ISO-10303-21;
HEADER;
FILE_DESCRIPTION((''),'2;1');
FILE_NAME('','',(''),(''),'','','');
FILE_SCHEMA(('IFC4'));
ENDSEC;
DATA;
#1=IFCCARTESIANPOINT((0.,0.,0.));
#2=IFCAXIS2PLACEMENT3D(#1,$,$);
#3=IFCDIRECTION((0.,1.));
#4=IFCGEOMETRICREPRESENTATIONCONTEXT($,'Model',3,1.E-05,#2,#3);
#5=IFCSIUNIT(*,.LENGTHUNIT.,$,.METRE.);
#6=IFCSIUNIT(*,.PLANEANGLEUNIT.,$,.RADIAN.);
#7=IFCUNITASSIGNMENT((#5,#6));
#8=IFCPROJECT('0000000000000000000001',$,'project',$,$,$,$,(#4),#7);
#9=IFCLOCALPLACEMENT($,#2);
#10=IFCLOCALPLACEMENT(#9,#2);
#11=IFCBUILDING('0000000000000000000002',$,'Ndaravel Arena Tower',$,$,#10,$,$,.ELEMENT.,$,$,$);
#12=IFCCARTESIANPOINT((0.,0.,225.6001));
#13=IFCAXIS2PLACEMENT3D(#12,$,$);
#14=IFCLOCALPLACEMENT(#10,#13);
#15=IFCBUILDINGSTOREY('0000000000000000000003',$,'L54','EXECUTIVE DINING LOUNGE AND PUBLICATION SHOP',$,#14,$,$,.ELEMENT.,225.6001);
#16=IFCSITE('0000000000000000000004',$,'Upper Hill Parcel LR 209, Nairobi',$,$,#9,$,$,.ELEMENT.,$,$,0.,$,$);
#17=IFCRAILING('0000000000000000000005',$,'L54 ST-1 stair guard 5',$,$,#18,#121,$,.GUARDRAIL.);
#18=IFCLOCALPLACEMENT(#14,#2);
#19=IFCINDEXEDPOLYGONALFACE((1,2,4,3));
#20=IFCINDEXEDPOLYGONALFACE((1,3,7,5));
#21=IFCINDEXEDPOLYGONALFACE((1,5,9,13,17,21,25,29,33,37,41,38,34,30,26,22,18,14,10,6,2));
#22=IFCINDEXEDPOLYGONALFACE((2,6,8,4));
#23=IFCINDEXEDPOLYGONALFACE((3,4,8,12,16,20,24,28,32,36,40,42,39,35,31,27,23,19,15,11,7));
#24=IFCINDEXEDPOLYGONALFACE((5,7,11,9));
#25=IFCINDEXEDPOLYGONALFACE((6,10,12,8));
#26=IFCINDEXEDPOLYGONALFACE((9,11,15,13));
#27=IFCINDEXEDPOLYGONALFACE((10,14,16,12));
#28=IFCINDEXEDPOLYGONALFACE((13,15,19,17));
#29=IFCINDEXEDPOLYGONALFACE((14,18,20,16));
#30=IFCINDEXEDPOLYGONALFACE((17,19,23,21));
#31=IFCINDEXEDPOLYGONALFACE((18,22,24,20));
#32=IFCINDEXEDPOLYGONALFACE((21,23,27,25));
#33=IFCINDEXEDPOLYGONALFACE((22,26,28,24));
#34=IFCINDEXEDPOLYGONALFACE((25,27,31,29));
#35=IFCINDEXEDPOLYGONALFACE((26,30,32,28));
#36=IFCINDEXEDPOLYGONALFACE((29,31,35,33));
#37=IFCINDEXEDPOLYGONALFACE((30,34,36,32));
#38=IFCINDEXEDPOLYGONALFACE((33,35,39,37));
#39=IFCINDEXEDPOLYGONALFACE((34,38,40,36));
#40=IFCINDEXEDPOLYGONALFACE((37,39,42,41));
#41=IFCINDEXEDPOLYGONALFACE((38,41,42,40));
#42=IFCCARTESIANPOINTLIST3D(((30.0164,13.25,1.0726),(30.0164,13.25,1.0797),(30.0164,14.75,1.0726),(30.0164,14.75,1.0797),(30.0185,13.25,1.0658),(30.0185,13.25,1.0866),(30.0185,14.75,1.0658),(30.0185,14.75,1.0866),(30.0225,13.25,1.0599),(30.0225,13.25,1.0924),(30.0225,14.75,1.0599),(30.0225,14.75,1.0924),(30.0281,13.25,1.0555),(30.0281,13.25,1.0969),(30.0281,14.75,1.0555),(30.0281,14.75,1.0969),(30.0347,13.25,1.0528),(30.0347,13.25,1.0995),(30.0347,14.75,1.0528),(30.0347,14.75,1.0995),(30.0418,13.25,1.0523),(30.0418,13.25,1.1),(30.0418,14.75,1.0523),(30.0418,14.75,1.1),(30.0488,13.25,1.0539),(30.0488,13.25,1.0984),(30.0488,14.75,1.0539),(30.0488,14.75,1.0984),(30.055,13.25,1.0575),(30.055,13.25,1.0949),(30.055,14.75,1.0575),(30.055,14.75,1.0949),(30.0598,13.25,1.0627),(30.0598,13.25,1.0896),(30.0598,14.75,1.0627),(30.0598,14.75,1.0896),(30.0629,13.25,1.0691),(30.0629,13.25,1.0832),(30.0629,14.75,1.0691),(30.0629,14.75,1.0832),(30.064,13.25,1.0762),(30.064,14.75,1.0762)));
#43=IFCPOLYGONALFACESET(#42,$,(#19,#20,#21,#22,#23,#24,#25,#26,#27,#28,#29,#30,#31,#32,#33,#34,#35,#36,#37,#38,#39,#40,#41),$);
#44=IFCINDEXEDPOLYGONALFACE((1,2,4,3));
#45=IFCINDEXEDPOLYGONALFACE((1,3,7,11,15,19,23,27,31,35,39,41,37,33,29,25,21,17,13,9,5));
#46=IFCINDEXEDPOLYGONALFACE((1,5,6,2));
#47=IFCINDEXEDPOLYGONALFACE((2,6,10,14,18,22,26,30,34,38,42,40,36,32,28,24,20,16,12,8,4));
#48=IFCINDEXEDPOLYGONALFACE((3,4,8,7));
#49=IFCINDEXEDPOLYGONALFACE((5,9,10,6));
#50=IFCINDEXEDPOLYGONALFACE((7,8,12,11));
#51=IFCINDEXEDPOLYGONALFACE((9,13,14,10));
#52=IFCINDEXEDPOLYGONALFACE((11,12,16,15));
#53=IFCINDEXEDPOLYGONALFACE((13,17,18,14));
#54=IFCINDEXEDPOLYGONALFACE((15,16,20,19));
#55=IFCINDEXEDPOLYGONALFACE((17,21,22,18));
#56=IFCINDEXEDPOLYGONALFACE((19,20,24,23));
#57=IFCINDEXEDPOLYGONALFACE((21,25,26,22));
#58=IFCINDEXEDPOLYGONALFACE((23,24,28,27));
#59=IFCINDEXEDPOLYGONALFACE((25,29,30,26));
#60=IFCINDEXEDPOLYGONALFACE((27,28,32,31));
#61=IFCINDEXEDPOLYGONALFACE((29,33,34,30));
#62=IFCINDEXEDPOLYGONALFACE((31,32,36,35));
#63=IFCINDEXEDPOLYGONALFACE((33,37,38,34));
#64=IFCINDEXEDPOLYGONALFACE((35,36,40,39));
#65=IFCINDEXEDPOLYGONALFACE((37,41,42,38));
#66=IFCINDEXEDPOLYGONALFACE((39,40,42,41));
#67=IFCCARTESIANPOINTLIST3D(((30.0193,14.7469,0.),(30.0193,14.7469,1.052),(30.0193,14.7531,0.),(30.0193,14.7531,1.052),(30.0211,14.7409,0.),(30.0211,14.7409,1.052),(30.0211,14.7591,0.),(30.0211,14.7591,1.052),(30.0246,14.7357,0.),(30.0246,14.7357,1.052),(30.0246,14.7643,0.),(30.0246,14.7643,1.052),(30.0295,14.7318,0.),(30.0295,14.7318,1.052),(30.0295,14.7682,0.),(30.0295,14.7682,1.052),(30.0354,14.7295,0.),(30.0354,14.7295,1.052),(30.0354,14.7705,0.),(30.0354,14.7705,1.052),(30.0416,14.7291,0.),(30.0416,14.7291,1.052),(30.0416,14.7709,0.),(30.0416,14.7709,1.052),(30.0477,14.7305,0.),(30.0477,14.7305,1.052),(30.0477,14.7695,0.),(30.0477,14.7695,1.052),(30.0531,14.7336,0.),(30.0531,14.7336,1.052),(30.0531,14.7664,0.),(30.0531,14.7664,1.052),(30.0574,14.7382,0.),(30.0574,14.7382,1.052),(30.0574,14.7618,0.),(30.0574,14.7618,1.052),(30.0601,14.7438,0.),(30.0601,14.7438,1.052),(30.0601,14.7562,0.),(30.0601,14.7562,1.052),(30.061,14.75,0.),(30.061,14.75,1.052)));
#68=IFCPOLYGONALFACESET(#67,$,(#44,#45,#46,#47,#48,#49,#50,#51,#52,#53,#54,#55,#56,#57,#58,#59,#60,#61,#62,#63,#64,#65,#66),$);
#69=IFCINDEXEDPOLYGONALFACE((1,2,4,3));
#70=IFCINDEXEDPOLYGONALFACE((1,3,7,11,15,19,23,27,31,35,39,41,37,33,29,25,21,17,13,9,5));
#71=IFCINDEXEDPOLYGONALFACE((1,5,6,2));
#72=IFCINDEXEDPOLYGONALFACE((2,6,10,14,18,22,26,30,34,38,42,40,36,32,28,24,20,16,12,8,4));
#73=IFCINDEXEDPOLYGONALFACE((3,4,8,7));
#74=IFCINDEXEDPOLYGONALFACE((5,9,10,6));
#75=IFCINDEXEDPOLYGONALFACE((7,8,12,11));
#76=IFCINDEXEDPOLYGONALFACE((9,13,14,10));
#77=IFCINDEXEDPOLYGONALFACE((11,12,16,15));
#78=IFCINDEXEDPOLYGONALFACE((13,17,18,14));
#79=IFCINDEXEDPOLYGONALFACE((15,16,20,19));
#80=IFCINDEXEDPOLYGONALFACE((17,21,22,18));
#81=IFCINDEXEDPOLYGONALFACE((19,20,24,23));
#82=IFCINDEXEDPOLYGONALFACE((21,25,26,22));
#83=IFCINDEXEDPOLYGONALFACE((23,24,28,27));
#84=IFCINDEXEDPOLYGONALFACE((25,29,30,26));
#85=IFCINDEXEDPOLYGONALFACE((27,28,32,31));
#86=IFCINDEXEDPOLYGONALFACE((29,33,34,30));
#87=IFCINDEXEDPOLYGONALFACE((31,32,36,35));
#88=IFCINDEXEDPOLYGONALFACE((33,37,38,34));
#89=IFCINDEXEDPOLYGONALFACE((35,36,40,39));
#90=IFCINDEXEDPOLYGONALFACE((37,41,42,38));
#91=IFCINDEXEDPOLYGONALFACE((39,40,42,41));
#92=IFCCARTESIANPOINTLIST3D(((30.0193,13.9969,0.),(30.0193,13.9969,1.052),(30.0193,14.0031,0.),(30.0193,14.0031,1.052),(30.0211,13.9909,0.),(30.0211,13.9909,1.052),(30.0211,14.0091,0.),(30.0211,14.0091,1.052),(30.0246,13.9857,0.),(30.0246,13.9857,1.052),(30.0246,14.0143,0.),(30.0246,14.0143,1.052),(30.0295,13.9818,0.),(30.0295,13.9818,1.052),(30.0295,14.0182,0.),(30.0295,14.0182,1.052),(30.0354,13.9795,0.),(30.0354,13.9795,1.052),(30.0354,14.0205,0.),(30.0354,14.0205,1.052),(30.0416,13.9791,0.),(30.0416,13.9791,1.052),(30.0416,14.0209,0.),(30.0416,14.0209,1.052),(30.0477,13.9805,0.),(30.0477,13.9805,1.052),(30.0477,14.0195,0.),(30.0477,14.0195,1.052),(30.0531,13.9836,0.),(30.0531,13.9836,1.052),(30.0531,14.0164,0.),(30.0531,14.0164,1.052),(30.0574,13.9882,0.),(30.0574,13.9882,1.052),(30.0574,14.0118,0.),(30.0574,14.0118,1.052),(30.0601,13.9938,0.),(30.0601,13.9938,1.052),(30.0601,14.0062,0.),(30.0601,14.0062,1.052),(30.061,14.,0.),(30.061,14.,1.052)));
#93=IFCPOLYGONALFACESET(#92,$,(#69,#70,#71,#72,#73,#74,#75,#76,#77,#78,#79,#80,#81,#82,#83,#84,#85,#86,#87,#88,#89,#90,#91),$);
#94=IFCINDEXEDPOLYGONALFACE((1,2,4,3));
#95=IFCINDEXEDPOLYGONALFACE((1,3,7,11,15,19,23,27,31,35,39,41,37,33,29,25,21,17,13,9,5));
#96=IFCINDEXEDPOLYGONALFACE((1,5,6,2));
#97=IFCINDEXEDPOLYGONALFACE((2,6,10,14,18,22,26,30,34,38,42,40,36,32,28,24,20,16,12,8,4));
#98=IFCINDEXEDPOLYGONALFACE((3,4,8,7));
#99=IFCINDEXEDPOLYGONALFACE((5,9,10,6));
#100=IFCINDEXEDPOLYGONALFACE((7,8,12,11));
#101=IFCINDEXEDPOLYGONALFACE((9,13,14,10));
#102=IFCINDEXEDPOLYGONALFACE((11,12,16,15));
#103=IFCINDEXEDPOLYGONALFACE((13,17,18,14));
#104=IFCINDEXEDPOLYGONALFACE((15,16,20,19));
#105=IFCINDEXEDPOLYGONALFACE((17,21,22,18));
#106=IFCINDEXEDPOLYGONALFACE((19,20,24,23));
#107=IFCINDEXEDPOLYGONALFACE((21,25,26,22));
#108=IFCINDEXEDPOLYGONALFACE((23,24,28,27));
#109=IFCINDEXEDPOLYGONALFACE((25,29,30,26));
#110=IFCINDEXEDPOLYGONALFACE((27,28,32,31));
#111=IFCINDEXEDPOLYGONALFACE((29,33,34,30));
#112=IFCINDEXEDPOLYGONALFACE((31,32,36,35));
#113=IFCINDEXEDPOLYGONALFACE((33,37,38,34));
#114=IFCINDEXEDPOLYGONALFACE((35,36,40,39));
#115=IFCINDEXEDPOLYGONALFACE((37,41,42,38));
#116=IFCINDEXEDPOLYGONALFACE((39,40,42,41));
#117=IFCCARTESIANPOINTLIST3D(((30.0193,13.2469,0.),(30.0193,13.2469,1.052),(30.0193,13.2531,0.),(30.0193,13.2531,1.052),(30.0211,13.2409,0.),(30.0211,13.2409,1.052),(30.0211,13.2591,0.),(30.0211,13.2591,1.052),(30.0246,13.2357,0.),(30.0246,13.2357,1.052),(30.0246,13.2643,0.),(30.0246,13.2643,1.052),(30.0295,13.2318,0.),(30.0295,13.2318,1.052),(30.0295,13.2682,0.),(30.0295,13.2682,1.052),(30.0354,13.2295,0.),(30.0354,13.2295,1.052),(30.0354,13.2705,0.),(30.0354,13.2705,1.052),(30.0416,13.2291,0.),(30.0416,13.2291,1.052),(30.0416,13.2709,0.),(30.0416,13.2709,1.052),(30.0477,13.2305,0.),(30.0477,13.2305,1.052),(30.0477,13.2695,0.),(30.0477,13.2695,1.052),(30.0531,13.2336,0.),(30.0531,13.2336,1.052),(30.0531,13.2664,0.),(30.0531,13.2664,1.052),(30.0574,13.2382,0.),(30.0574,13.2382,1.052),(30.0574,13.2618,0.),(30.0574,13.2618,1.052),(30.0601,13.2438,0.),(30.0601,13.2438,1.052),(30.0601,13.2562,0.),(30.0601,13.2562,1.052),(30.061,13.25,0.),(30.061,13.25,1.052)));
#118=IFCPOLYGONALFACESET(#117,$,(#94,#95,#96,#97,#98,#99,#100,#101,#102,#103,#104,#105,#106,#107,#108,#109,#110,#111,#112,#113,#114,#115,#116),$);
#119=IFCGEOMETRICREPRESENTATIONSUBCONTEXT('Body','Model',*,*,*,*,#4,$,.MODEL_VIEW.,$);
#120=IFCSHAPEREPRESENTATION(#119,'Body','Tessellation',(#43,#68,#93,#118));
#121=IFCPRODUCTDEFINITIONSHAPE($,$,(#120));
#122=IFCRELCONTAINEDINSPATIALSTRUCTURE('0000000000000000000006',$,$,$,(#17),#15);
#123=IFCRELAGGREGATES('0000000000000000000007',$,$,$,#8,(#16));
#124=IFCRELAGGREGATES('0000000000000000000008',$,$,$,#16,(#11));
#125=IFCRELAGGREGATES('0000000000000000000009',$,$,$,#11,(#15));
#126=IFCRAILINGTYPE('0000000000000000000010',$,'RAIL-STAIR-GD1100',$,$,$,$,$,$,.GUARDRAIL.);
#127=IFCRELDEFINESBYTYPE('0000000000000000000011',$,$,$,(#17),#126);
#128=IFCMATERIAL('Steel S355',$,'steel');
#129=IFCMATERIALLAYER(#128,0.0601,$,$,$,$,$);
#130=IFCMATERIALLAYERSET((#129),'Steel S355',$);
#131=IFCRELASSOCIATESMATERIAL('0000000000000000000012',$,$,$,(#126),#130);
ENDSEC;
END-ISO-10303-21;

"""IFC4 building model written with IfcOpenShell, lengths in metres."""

from ifc_helpers import new_model, si_unit, direction, frame, origin, origin_2d, place, context, subcontext, project, spatial, circle, extrude, material, layer, layer_set, type_object, element, save


model = new_model("IFC4")

# Units and contexts
model_context = context("Model", 3, precision=1e-05, world=origin(), true_north=direction((0.0, 1.0)))
body_context = subcontext(model_context, "Body", "Model", "MODEL_VIEW")
ifc_project = project(units=[si_unit("LENGTHUNIT", "METRE"), si_unit("PLANEANGLEUNIT", "RADIAN")], contexts=[model_context])

# Site, building, storey
site_placement = place(None, origin())
site = spatial("IfcSite", under=ifc_project, at=site_placement, Name="Upper Hill Parcel LR 209, Nairobi", CompositionType="ELEMENT", RefElevation=0.0)
building_placement = place(site_placement, origin())
building = spatial("IfcBuilding", under=site, at=building_placement, Name="Ndaravel Arena Tower", CompositionType="ELEMENT")
storey_placement = place(building_placement, frame((0.0, 0.0, 225.6001)))
storey = spatial("IfcBuildingStorey", under=building, at=storey_placement, Name="L54", Description="EXECUTIVE DINING LOUNGE AND PUBLICATION SHOP", CompositionType="ELEMENT", Elevation=225.6001)

# Railing
ifc_material_1 = material(Name="Steel S355", Category="steel")
ifc_layer_1 = layer(ifc_material_1, 0.0601)
ifc_layer_set_1 = layer_set([ifc_layer_1], Name="Steel S355")
railing_type = type_object("IfcRailingType", Name="RAIL-STAIR-GD1100", PredefinedType="GUARDRAIL", material=ifc_layer_set_1)
railing_placement = place(storey_placement, frame((30.04, 14.75, 0.0)))
element("IfcRailing", 1, at=railing_placement, inside=storey, type_object=railing_type, Name="L54 ST-1 stair guard 5", PredefinedType="GUARDRAIL", context=body_context, shape_type="SweptSolid", body=[
    extrude(circle(Radius=0.0239, at=origin_2d()), frame((0.0, 0.0, 1.0762), z_axis=(0.0, -1.0, 0.0), x_axis=(1.0, 0.0, 0.0)), (0.0, 0.0, 1.0), 1.5),
    extrude(circle(Radius=0.021, at=origin_2d()), origin(), (0.0, 0.0, 1.0), 1.052),
    extrude(circle(Radius=0.021, at=origin_2d()), frame((0.0, -0.75, 0.0)), (0.0, 0.0, 1.0), 1.052),
    extrude(circle(Radius=0.021, at=origin_2d()), frame((0.0, -1.5, 0.0)), (0.0, 0.0, 1.0), 1.052),
])

save(model, "model.ifc")
